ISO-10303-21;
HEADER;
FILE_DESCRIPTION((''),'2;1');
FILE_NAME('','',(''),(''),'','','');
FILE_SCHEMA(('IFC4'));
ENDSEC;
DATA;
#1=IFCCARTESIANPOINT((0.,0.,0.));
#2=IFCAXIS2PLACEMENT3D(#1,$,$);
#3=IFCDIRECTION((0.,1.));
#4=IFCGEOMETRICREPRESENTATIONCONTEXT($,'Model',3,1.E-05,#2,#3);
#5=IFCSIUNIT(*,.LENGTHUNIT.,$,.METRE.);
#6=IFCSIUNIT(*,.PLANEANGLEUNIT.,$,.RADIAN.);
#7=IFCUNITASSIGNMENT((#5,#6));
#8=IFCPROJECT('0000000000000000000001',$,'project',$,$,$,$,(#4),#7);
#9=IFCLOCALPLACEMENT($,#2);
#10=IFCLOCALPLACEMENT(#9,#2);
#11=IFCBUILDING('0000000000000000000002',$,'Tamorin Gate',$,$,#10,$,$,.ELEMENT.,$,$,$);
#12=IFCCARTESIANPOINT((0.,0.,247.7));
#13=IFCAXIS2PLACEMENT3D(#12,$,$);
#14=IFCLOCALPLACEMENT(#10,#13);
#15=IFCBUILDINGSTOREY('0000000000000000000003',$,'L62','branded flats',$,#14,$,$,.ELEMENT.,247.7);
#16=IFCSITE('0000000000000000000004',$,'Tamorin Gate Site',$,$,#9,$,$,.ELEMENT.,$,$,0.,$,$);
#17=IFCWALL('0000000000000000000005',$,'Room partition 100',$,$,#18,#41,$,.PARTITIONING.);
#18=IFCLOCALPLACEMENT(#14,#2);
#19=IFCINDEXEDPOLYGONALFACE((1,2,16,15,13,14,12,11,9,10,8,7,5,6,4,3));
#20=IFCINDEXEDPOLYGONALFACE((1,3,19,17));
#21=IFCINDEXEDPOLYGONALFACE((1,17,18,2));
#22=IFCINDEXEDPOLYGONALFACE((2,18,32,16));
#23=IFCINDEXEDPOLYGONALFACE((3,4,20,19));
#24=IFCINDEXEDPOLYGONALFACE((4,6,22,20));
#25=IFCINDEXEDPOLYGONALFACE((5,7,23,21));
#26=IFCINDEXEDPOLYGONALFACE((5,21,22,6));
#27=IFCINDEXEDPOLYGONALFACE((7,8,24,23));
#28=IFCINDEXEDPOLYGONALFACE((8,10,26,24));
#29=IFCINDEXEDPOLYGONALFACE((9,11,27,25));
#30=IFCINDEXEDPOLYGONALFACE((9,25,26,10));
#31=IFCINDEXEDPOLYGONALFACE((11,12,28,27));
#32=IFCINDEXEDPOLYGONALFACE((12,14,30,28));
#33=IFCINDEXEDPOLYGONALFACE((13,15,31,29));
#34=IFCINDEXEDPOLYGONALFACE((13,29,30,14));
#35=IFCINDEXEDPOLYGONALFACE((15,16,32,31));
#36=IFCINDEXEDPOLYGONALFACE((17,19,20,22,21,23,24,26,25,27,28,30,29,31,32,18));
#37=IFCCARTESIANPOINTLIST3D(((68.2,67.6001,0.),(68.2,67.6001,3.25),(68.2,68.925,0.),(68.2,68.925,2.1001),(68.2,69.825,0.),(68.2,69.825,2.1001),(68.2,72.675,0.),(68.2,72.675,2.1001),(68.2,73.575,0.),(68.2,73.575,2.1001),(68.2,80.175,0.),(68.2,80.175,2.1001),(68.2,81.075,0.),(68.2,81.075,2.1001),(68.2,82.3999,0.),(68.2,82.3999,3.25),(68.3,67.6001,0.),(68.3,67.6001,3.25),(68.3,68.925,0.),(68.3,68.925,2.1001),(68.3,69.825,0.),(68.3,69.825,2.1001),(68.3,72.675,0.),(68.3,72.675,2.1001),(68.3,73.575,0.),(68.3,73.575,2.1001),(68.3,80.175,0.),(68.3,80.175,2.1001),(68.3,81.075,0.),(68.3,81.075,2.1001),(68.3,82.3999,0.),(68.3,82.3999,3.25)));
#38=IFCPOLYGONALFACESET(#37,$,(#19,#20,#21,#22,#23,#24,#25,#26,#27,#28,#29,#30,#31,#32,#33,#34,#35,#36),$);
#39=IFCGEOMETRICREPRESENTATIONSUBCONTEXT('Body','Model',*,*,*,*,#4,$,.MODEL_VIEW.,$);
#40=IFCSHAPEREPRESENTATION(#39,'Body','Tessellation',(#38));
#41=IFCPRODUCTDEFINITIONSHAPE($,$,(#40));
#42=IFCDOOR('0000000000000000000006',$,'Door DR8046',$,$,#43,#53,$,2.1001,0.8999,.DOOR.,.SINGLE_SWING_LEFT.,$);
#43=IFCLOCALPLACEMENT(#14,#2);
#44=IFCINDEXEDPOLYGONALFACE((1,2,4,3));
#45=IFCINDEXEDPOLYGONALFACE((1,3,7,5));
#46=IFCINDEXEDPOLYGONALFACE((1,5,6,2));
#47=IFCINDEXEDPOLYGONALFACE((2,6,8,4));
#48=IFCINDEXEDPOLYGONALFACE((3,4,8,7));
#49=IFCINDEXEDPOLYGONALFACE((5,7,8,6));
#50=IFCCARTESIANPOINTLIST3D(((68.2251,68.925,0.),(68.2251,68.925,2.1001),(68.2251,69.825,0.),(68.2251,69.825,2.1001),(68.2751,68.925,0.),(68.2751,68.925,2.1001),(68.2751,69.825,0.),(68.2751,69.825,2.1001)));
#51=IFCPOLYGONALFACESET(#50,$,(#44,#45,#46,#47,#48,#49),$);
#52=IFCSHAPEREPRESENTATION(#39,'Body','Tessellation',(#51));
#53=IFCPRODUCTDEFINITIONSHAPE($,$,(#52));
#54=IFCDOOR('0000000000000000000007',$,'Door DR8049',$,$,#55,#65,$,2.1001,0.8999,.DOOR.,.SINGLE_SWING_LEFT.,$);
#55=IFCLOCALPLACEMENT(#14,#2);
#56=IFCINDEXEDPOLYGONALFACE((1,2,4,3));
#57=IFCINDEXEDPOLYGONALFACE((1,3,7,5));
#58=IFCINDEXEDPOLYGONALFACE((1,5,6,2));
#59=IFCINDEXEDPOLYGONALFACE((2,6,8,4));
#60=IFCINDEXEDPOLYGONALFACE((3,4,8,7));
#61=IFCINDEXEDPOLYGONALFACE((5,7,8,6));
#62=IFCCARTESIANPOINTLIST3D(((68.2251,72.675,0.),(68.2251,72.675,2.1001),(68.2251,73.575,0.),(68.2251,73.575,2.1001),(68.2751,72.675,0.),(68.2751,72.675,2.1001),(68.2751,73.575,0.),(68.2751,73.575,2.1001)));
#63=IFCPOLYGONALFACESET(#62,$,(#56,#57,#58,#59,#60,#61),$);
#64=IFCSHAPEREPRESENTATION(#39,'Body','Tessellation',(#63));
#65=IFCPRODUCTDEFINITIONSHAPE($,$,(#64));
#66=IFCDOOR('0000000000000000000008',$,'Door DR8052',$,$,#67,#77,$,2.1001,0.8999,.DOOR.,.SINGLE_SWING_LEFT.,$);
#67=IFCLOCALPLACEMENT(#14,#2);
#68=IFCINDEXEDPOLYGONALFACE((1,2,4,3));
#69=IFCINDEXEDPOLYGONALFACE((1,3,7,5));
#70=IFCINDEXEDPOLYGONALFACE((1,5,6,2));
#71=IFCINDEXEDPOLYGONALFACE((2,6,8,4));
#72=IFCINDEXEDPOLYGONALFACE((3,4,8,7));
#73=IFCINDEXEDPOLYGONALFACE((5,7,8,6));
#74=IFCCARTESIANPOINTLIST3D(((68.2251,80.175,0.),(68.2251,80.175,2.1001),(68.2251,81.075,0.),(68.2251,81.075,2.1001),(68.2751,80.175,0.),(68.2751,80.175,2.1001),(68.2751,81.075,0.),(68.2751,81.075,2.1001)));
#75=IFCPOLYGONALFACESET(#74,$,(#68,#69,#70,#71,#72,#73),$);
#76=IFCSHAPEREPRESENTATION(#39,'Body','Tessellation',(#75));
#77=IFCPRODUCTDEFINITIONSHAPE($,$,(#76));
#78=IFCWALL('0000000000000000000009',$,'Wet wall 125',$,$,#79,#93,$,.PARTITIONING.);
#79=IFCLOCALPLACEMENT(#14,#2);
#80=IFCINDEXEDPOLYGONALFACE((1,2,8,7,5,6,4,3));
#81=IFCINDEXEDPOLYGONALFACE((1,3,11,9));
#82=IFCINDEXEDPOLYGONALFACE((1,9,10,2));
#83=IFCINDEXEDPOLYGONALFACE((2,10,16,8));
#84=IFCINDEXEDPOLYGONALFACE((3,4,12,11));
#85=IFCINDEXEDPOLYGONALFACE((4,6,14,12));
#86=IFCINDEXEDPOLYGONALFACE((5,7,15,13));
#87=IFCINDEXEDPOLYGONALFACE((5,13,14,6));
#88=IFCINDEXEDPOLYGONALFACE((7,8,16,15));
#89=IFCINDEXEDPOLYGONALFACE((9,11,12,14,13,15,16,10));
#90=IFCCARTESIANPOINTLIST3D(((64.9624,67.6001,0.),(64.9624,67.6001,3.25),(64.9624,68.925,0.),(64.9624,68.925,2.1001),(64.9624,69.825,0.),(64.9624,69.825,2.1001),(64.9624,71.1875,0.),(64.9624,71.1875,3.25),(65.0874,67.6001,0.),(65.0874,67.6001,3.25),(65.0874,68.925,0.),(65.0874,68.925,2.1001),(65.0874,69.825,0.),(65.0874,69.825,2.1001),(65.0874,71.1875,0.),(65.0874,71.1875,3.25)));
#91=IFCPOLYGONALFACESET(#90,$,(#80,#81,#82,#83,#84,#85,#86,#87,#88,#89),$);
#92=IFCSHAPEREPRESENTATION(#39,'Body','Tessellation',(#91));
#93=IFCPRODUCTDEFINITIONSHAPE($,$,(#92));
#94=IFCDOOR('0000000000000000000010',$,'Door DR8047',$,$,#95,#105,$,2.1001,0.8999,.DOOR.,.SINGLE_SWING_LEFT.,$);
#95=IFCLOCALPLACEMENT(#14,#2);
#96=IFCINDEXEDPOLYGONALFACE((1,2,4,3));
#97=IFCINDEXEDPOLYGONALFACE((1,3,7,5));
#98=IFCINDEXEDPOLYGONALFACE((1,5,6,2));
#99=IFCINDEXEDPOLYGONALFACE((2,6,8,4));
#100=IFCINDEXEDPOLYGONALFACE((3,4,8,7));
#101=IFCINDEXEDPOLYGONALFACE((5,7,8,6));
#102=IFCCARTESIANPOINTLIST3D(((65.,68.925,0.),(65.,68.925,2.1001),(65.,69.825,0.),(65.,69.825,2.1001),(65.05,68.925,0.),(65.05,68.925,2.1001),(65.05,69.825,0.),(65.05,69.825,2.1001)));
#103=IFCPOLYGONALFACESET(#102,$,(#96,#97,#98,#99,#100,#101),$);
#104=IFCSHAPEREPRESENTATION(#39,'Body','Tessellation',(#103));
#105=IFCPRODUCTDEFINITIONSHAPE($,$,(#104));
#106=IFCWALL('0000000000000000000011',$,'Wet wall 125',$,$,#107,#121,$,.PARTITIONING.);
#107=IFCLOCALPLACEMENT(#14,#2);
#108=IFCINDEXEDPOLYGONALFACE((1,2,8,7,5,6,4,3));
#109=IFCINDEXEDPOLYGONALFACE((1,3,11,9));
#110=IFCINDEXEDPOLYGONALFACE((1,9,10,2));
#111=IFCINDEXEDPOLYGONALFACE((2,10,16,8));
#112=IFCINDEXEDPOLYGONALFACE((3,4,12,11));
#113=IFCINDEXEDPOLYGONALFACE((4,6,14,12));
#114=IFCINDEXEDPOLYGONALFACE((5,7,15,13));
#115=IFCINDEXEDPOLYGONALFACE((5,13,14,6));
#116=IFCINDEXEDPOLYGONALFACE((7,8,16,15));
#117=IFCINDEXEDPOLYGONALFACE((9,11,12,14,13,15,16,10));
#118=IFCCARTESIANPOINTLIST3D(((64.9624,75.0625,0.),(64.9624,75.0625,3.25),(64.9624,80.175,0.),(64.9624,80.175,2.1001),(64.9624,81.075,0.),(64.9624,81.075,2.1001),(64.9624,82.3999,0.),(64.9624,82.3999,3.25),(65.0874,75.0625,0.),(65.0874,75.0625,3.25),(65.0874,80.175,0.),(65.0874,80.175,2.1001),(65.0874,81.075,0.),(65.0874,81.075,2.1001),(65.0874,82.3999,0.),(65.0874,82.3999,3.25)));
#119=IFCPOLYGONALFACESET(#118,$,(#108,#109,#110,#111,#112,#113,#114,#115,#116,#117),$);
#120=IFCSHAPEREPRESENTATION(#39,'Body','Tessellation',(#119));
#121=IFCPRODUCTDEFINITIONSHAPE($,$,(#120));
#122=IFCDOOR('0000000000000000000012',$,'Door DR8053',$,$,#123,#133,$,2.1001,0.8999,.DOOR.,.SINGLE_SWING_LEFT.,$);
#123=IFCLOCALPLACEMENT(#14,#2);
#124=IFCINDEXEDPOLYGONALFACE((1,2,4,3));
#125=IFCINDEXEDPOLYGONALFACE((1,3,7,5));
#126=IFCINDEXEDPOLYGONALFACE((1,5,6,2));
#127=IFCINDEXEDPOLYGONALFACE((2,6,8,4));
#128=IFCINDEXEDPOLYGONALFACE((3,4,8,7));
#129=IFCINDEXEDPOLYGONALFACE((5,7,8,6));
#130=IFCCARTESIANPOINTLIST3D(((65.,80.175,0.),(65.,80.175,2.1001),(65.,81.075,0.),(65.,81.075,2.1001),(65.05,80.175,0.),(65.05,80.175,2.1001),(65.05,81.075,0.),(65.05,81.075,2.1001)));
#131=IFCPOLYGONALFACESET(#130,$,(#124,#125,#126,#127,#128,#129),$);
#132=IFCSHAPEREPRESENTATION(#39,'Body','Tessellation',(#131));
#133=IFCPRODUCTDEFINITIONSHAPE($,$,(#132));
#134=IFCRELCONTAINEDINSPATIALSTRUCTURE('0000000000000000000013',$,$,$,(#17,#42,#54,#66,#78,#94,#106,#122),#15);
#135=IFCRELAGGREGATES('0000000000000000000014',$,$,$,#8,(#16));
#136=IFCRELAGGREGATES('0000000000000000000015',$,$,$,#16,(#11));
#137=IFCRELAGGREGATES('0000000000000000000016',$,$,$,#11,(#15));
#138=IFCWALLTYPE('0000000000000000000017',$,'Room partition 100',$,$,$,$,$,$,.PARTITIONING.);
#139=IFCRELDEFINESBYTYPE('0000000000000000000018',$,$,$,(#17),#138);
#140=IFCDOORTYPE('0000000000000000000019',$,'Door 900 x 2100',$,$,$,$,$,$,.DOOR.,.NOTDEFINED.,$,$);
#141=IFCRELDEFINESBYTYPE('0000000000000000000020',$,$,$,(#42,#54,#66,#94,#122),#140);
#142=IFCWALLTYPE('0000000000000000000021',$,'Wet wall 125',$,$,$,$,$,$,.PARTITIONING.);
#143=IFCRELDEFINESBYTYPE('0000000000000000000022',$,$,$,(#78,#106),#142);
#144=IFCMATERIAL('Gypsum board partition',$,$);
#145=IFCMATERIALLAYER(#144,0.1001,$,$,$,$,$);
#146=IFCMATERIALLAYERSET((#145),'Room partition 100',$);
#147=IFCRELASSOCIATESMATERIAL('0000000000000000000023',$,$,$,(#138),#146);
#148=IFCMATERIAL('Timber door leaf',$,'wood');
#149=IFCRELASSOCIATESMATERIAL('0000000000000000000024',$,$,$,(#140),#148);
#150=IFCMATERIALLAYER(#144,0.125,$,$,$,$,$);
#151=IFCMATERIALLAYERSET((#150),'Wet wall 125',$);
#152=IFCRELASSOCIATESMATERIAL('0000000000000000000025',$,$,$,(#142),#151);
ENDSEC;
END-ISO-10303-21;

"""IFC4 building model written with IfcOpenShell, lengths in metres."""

from ifc_helpers import new_model, si_unit, direction, frame, frame_2d, origin, place, context, subcontext, project, spatial, rectangle, extrude, material, layer, layer_set, type_object, element, fill, save


model = new_model("IFC4")

# Units and contexts
model_context = context("Model", 3, precision=1e-05, world=origin(), true_north=direction((0.0, 1.0)))
body_context = subcontext(model_context, "Body", "Model", "MODEL_VIEW")
ifc_project = project(units=[si_unit("LENGTHUNIT", "METRE"), si_unit("PLANEANGLEUNIT", "RADIAN")], contexts=[model_context])

# Site, building, storey
site_placement = place(None, origin())
site = spatial("IfcSite", under=ifc_project, at=site_placement, Name="Tamorin Gate Site", CompositionType="ELEMENT", RefElevation=0.0)
building_placement = place(site_placement, origin())
building = spatial("IfcBuilding", under=site, at=building_placement, Name="Tamorin Gate", CompositionType="ELEMENT")
storey_placement = place(building_placement, frame((0.0, 0.0, 247.7)))
storey = spatial("IfcBuildingStorey", under=building, at=storey_placement, Name="L62", Description="branded flats", CompositionType="ELEMENT", Elevation=247.7)

# Shared definitions
ifc_material_1 = material(Name="Gypsum board partition")
ifc_layer_1 = layer(ifc_material_1, 0.1001)
ifc_layer_set_1 = layer_set([ifc_layer_1], Name="Room partition 100")
wall_type_1 = type_object("IfcWallType", Name="Room partition 100", PredefinedType="PARTITIONING", material=ifc_layer_set_1)
ifc_material_2 = material(Name="Timber door leaf", Category="wood")
door_type = type_object("IfcDoorType", Name="Door 900 x 2100", OperationType="NOTDEFINED", PredefinedType="DOOR", material=ifc_material_2)

# Wall, openings, doors
wall_1_placement = place(storey_placement, frame((68.25, 67.6001, 0.0), z_axis=(0.0, 0.0, 1.0), x_axis=(0.0, 1.0, 0.0)))
wall_1 = element("IfcWall", 1, at=wall_1_placement, inside=storey, type_object=wall_type_1, Name="Room partition 100", PredefinedType="PARTITIONING", context=body_context, shape_type="SweptSolid", body=[
    extrude(rectangle(XDim=14.7998, YDim=0.1001, at=frame_2d((7.3999, 0.0))), origin(), (0.0, 0.0, 1.0), 3.25),
])
opening_1_placement = place(wall_1_placement, frame((1.325, 0.0, 0.0)))
opening_1 = element("IfcOpeningElement", 2, at=opening_1_placement, cuts=wall_1, PredefinedType="OPENING", context=body_context, shape_type="SweptSolid", body=[
    extrude(rectangle(XDim=0.8999, YDim=2.1001, at=frame_2d((0.45, 1.05))), frame((0.0, 0.0601, 0.0), z_axis=(0.0, -1.0, 0.0), x_axis=(1.0, 0.0, 0.0)), (0.0, 0.0, 1.0), 0.1201),
])
opening_2_placement = place(wall_1_placement, frame((5.075, 0.0, 0.0)))
opening_2 = element("IfcOpeningElement", 3, at=opening_2_placement, cuts=wall_1, PredefinedType="OPENING", context=body_context, shape_type="SweptSolid", body=[
    extrude(rectangle(XDim=0.8999, YDim=2.1001, at=frame_2d((0.45, 1.05))), frame((0.0, 0.0601, 0.0), z_axis=(0.0, -1.0, 0.0), x_axis=(1.0, 0.0, 0.0)), (0.0, 0.0, 1.0), 0.1201),
])
opening_3_placement = place(wall_1_placement, frame((12.575, 0.0, 0.0)))
opening_3 = element("IfcOpeningElement", 4, at=opening_3_placement, cuts=wall_1, PredefinedType="OPENING", context=body_context, shape_type="SweptSolid", body=[
    extrude(rectangle(XDim=0.8999, YDim=2.1001, at=frame_2d((0.45, 1.05))), frame((0.0, 0.0601, 0.0), z_axis=(0.0, -1.0, 0.0), x_axis=(1.0, 0.0, 0.0)), (0.0, 0.0, 1.0), 0.1201),
])
door_1_placement = place(opening_1_placement, origin())
door_1 = element("IfcDoor", 5, at=door_1_placement, inside=storey, type_object=door_type, Name="Door DR8046", OperationType="SINGLE_SWING_LEFT", OverallHeight=2.1001, OverallWidth=0.8999, PredefinedType="DOOR", context=body_context, shape_type="SweptSolid", body=[
    extrude(rectangle(XDim=0.8999, YDim=2.1001, at=frame_2d((0.45, 1.05))), frame((0.0, 0.0249, 0.0), z_axis=(0.0, -1.0, 0.0), x_axis=(1.0, 0.0, 0.0)), (0.0, 0.0, 1.0), 0.05),
])
fill(opening_1, door_1)
door_2_placement = place(opening_2_placement, origin())
door_2 = element("IfcDoor", 6, at=door_2_placement, inside=storey, type_object=door_type, Name="Door DR8049", OperationType="SINGLE_SWING_LEFT", OverallHeight=2.1001, OverallWidth=0.8999, PredefinedType="DOOR", context=body_context, shape_type="SweptSolid", body=[
    extrude(rectangle(XDim=0.8999, YDim=2.1001, at=frame_2d((0.45, 1.05))), frame((0.0, 0.0249, 0.0), z_axis=(0.0, -1.0, 0.0), x_axis=(1.0, 0.0, 0.0)), (0.0, 0.0, 1.0), 0.05),
])
fill(opening_2, door_2)
door_3_placement = place(opening_3_placement, origin())
door_3 = element("IfcDoor", 7, at=door_3_placement, inside=storey, type_object=door_type, Name="Door DR8052", OperationType="SINGLE_SWING_LEFT", OverallHeight=2.1001, OverallWidth=0.8999, PredefinedType="DOOR", context=body_context, shape_type="SweptSolid", body=[
    extrude(rectangle(XDim=0.8999, YDim=2.1001, at=frame_2d((0.45, 1.05))), frame((0.0, 0.0249, 0.0), z_axis=(0.0, -1.0, 0.0), x_axis=(1.0, 0.0, 0.0)), (0.0, 0.0, 1.0), 0.05),
])
fill(opening_3, door_3)

# Walls, openings, doors
ifc_layer_2 = layer(ifc_material_1, 0.125)
ifc_layer_set_2 = layer_set([ifc_layer_2], Name="Wet wall 125")
wall_type_2 = type_object("IfcWallType", Name="Wet wall 125", PredefinedType="PARTITIONING", material=ifc_layer_set_2)
wall_2_placement = place(storey_placement, frame((65.0249, 67.6001, 0.0), z_axis=(0.0, 0.0, 1.0), x_axis=(0.0, 1.0, 0.0)))
wall_2 = element("IfcWall", 8, at=wall_2_placement, inside=storey, type_object=wall_type_2, Name="Wet wall 125", PredefinedType="PARTITIONING", context=body_context, shape_type="SweptSolid", body=[
    extrude(rectangle(XDim=3.5874, YDim=0.125, at=frame_2d((1.7937, 0.0))), origin(), (0.0, 0.0, 1.0), 3.25),
])
opening_4_placement = place(wall_2_placement, frame((1.325, 0.0, 0.0)))
opening_4 = element("IfcOpeningElement", 9, at=opening_4_placement, cuts=wall_2, PredefinedType="OPENING", context=body_context, shape_type="SweptSolid", body=[
    extrude(rectangle(XDim=0.8999, YDim=2.1001, at=frame_2d((0.45, 1.05))), frame((0.0, 0.0725, 0.0), z_axis=(0.0, -1.0, 0.0), x_axis=(1.0, 0.0, 0.0)), (0.0, 0.0, 1.0), 0.145),
])
door_4_placement = place(opening_4_placement, origin())
door_4 = element("IfcDoor", 10, at=door_4_placement, inside=storey, type_object=door_type, Name="Door DR8047", OperationType="SINGLE_SWING_LEFT", OverallHeight=2.1001, OverallWidth=0.8999, PredefinedType="DOOR", context=body_context, shape_type="SweptSolid", body=[
    extrude(rectangle(XDim=0.8999, YDim=2.1001, at=frame_2d((0.45, 1.05))), frame((0.0, 0.0249, 0.0), z_axis=(0.0, -1.0, 0.0), x_axis=(1.0, 0.0, 0.0)), (0.0, 0.0, 1.0), 0.05),
])
fill(opening_4, door_4)
wall_3_placement = place(storey_placement, frame((65.0249, 75.0625, 0.0), z_axis=(0.0, 0.0, 1.0), x_axis=(0.0, 1.0, 0.0)))
wall_3 = element("IfcWall", 11, at=wall_3_placement, inside=storey, type_object=wall_type_2, Name="Wet wall 125", PredefinedType="PARTITIONING", context=body_context, shape_type="SweptSolid", body=[
    extrude(rectangle(XDim=7.3374, YDim=0.125, at=frame_2d((3.6687, 0.0))), origin(), (0.0, 0.0, 1.0), 3.25),
])
opening_5_placement = place(wall_3_placement, frame((5.1125, 0.0, 0.0)))
opening_5 = element("IfcOpeningElement", 12, at=opening_5_placement, cuts=wall_3, PredefinedType="OPENING", context=body_context, shape_type="SweptSolid", body=[
    extrude(rectangle(XDim=0.8999, YDim=2.1001, at=frame_2d((0.45, 1.05))), frame((0.0, 0.0725, 0.0), z_axis=(0.0, -1.0, 0.0), x_axis=(1.0, 0.0, 0.0)), (0.0, 0.0, 1.0), 0.145),
])
door_5_placement = place(opening_5_placement, origin())
door_5 = element("IfcDoor", 13, at=door_5_placement, inside=storey, type_object=door_type, Name="Door DR8053", OperationType="SINGLE_SWING_LEFT", OverallHeight=2.1001, OverallWidth=0.8999, PredefinedType="DOOR", context=body_context, shape_type="SweptSolid", body=[
    extrude(rectangle(XDim=0.8999, YDim=2.1001, at=frame_2d((0.45, 1.05))), frame((0.0, 0.0249, 0.0), z_axis=(0.0, -1.0, 0.0), x_axis=(1.0, 0.0, 0.0)), (0.0, 0.0, 1.0), 0.05),
])
fill(opening_5, door_5)

save(model, "model.ifc")
